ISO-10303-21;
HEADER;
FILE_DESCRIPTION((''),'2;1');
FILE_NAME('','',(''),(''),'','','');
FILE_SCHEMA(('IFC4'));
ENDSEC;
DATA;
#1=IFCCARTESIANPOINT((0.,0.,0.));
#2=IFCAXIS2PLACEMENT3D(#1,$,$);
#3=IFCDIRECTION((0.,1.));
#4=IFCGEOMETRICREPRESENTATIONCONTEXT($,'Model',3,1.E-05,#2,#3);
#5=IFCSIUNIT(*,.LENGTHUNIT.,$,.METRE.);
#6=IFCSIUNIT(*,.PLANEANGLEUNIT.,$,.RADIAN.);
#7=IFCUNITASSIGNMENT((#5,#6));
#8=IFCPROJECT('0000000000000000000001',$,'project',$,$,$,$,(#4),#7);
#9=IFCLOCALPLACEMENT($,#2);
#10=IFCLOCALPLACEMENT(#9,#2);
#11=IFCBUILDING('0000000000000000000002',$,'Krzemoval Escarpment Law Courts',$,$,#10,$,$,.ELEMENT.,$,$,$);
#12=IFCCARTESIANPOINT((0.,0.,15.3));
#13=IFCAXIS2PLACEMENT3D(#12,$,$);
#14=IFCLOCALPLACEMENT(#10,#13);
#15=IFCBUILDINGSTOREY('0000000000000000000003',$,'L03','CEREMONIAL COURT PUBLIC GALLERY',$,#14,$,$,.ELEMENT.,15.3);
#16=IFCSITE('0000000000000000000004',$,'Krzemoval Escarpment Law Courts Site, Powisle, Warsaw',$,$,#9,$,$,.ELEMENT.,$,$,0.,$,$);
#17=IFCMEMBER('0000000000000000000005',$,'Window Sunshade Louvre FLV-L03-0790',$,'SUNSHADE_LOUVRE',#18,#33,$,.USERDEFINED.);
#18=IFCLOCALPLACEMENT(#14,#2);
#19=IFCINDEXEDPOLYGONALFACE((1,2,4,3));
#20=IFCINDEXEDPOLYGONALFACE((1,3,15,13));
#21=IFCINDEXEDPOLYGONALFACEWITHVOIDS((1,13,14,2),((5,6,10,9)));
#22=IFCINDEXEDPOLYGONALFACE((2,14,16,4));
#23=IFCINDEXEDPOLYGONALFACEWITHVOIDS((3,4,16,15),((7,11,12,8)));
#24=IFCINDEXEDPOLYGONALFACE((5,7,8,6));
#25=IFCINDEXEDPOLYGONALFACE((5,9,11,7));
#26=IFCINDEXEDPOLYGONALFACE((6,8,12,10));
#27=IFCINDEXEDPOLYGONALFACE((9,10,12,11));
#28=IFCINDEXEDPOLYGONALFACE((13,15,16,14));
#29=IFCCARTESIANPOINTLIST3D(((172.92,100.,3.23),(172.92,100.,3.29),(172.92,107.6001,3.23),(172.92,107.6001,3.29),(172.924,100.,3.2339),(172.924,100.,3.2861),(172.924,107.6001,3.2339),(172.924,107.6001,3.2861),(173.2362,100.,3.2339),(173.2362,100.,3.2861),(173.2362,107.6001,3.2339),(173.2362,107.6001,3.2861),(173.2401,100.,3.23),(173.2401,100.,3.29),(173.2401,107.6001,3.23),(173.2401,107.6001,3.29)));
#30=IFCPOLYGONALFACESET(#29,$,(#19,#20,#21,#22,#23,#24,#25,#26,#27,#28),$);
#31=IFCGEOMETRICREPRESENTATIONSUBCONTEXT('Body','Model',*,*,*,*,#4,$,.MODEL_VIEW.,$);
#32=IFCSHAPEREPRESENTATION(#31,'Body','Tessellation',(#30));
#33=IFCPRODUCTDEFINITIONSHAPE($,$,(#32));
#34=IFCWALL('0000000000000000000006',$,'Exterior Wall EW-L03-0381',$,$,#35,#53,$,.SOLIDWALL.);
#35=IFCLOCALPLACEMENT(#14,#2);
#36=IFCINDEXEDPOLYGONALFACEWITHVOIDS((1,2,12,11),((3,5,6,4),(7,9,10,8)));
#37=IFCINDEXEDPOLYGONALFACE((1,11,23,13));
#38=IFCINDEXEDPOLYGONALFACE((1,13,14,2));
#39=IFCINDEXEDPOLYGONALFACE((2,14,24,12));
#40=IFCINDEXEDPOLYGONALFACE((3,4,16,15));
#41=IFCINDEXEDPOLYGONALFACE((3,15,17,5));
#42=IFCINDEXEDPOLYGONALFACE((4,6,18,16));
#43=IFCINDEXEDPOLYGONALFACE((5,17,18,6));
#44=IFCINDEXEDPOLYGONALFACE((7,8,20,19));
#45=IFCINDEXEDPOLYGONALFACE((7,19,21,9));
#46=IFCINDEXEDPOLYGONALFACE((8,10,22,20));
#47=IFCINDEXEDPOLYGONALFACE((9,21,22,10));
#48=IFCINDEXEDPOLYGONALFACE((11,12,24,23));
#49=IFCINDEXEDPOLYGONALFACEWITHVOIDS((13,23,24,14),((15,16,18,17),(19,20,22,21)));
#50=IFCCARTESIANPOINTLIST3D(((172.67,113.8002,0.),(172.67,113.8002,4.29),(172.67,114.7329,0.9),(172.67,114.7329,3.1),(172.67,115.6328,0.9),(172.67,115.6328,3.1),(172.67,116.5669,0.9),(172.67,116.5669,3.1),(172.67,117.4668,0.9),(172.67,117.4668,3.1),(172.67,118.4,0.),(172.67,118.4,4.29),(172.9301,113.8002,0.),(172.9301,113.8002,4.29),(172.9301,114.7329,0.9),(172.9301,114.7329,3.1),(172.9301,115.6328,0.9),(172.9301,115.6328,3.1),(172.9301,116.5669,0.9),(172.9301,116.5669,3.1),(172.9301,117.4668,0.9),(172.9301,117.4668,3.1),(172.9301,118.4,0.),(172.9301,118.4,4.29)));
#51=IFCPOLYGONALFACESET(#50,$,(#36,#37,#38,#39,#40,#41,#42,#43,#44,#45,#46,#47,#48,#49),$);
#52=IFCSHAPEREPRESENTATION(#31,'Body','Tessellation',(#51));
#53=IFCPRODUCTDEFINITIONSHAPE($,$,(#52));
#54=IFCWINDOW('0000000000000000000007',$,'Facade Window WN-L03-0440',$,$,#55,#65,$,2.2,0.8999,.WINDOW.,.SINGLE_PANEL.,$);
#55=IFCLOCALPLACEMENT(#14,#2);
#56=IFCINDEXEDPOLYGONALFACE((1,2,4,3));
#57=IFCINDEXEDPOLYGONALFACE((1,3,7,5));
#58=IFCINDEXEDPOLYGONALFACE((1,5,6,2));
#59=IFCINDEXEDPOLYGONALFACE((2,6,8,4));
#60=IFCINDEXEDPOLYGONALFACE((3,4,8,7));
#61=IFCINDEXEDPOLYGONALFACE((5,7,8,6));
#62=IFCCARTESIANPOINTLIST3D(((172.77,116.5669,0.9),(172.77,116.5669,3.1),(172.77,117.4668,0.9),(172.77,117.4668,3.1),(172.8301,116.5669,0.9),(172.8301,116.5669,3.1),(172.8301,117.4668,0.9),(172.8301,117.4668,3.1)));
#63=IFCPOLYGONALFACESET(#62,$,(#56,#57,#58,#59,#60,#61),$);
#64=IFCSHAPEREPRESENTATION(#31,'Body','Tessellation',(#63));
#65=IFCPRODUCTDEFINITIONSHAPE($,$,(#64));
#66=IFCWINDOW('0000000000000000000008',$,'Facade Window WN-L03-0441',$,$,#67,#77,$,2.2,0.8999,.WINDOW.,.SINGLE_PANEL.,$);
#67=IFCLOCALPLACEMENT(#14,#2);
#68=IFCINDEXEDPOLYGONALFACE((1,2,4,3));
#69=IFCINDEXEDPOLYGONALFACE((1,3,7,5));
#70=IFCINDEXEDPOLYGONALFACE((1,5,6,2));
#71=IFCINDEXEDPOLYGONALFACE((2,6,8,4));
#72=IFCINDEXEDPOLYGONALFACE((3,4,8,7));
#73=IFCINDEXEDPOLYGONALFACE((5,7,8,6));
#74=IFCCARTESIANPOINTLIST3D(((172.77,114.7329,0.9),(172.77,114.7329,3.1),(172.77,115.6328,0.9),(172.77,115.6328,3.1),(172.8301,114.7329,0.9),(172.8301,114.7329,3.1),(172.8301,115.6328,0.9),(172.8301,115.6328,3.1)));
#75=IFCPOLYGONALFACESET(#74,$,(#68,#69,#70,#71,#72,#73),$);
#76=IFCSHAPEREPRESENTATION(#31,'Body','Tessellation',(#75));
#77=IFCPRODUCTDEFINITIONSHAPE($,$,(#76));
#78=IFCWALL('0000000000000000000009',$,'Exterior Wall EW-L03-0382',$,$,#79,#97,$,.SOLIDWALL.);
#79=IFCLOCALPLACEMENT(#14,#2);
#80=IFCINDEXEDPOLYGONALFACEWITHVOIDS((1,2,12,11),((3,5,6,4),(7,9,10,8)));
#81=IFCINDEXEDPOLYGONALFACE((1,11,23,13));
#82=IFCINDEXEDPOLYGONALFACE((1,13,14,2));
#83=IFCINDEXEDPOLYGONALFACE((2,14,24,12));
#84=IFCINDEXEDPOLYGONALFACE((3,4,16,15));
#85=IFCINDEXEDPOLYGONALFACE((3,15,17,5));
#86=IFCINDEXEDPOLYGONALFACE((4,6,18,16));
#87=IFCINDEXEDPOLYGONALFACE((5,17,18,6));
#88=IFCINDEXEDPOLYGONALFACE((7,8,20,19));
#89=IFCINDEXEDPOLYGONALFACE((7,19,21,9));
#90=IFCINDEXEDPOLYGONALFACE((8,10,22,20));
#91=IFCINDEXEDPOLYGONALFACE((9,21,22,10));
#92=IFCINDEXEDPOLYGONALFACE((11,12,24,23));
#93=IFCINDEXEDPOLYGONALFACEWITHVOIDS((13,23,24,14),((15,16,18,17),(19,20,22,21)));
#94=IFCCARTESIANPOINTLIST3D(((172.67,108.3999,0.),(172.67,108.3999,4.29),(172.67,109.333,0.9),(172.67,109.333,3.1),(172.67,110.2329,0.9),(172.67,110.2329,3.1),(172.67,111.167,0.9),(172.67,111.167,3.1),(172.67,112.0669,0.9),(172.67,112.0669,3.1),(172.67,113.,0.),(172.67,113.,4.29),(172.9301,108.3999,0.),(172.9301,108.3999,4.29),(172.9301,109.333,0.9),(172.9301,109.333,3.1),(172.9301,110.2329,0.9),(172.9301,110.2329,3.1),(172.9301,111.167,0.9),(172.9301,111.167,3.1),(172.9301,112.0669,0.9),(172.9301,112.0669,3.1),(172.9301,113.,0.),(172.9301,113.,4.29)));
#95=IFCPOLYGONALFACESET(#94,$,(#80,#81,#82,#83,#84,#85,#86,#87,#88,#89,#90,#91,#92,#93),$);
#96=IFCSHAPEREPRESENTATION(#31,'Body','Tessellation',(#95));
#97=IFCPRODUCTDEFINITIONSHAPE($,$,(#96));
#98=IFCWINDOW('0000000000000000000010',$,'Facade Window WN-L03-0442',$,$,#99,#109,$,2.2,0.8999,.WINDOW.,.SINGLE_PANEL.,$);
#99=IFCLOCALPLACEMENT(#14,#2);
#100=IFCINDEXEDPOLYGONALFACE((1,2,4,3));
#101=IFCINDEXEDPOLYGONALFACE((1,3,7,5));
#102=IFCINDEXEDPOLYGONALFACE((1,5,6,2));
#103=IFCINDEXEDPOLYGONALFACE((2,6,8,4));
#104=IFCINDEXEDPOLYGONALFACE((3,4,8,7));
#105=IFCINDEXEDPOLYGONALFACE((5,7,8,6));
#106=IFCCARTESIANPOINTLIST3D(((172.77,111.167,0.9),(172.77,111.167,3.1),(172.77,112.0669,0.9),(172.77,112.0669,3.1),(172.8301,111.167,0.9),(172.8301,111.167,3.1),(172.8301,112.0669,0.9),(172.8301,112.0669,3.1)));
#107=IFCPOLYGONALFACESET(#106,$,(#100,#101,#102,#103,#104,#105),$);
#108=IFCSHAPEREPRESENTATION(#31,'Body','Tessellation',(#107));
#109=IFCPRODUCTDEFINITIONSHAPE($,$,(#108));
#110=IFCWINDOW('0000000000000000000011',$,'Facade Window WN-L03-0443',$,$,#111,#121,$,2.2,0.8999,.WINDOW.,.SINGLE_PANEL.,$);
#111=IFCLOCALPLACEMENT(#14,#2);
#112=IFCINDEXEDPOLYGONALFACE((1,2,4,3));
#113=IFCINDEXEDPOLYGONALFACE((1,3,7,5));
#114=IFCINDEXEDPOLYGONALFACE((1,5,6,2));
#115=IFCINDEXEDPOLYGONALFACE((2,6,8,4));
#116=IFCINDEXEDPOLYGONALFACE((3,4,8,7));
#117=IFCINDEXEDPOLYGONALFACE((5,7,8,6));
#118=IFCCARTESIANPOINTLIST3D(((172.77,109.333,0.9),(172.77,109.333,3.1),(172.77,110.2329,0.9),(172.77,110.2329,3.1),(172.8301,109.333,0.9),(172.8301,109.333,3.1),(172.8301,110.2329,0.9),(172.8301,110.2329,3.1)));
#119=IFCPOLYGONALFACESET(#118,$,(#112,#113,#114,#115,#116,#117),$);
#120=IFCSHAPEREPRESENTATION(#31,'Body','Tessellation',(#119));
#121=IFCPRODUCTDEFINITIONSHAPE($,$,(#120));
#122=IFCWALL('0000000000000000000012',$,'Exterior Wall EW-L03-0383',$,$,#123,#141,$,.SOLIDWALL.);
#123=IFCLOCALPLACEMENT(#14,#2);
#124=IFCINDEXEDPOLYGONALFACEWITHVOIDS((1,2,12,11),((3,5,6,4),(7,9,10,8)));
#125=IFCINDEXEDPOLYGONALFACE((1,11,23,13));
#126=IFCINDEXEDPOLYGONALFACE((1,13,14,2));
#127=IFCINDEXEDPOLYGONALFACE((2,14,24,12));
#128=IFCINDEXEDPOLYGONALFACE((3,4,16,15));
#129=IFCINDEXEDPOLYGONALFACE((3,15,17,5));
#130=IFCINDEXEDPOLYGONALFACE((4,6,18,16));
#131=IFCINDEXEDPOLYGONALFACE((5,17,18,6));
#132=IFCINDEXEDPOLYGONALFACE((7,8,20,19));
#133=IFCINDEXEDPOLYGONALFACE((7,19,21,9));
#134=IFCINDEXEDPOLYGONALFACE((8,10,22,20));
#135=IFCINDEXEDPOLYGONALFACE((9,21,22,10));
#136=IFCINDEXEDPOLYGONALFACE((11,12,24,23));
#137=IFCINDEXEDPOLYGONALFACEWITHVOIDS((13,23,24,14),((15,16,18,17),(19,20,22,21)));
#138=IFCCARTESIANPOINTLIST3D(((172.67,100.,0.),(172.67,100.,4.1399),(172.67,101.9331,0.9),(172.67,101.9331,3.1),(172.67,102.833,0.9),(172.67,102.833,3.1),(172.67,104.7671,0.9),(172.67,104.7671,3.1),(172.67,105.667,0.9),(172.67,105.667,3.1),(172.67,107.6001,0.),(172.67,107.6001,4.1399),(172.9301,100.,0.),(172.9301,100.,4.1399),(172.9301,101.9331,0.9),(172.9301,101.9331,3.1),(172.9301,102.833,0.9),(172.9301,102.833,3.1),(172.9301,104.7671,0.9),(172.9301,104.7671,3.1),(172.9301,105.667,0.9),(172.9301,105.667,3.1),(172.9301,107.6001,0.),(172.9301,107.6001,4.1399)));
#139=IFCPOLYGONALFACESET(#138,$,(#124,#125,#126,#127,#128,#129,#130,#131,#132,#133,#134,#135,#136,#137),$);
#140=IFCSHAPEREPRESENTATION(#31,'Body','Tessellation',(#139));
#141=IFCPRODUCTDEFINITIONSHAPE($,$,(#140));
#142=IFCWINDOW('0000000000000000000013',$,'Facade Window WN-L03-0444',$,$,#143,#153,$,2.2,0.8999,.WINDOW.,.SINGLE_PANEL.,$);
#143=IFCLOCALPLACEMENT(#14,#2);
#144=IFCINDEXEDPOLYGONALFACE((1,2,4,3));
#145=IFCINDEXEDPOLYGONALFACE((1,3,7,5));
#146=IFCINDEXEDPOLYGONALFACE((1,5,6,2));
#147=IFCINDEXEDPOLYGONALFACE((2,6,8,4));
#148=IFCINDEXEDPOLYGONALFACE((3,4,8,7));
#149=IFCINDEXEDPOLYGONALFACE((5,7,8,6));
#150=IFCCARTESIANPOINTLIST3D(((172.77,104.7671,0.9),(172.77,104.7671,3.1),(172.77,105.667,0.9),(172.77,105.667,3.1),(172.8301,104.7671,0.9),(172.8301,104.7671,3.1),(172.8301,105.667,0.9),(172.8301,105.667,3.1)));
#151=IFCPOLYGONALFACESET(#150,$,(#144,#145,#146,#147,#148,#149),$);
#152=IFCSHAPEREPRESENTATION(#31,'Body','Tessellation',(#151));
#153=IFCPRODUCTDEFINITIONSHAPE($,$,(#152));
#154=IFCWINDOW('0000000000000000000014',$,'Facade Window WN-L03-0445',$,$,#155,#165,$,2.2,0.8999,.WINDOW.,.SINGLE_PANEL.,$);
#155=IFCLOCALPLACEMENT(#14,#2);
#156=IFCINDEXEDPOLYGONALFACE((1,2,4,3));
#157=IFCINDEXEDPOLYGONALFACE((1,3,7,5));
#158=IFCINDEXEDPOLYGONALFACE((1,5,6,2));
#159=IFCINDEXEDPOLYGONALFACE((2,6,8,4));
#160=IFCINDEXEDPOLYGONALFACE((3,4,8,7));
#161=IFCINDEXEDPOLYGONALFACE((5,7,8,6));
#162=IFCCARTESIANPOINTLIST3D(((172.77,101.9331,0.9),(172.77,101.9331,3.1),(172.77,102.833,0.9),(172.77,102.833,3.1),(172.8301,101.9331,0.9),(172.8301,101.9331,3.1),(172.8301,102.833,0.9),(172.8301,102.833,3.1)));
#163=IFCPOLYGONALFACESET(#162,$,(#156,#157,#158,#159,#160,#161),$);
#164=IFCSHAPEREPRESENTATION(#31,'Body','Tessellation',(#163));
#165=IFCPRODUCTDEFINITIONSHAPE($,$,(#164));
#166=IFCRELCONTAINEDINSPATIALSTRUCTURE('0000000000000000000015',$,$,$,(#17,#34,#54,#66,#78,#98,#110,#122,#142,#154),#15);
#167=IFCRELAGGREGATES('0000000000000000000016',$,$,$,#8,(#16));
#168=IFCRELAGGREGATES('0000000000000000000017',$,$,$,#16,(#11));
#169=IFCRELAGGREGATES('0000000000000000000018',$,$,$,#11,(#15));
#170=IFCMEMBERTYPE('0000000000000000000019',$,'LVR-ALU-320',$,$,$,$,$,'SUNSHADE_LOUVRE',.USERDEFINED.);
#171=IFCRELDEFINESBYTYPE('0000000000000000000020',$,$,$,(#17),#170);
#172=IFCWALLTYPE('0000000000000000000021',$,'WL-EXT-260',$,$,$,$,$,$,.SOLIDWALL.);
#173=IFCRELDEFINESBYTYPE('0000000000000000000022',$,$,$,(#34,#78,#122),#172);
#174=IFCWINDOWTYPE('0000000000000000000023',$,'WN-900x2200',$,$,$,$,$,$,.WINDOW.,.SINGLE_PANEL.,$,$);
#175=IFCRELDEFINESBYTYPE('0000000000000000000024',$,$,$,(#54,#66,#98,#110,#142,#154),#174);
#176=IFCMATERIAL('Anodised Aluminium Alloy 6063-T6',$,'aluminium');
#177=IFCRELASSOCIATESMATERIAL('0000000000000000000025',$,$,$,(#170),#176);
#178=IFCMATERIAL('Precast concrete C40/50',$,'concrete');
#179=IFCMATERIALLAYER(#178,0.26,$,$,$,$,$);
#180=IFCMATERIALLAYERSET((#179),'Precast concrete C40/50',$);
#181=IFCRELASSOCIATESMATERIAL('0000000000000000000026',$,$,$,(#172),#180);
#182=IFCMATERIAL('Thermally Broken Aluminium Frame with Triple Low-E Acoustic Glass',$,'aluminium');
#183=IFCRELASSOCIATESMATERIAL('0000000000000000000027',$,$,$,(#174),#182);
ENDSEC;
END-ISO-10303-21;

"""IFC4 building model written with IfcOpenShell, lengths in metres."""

from ifc_helpers import new_model, si_unit, direction, frame, frame_2d, origin, origin_2d, place, context, subcontext, project, spatial, rectangle, hollow_rectangle, extrude, material, layer, layer_set, material_profile, profile_set, type_object, element, fill, save


model = new_model("IFC4")

# Units and contexts
model_context = context("Model", 3, precision=1e-05, world=origin(), true_north=direction((0.0, 1.0)))
body_context = subcontext(model_context, "Body", "Model", "MODEL_VIEW")
ifc_project = project(units=[si_unit("LENGTHUNIT", "METRE"), si_unit("PLANEANGLEUNIT", "RADIAN")], contexts=[model_context])

# Site, building, storey
site_placement = place(None, origin())
site = spatial("IfcSite", under=ifc_project, at=site_placement, Name="Krzemoval Escarpment Law Courts Site, Powisle, Warsaw", CompositionType="ELEMENT", RefElevation=0.0)
building_placement = place(site_placement, origin())
building = spatial("IfcBuilding", under=site, at=building_placement, Name="Krzemoval Escarpment Law Courts", CompositionType="ELEMENT")
storey_placement = place(building_placement, frame((0.0, 0.0, 15.3)))
storey = spatial("IfcBuildingStorey", under=building, at=storey_placement, Name="L03", Description="CEREMONIAL COURT PUBLIC GALLERY", CompositionType="ELEMENT", Elevation=15.3)

# Member
ifc_material_1 = material(Name="Anodised Aluminium Alloy 6063-T6", Category="aluminium")
ifc_material_profile_1 = material_profile(ifc_material_1, hollow_rectangle(XDim=0.0601, YDim=0.3201, WallThickness=0.0039, at=origin_2d()), Name="ALU LVR 60x320")
ifc_profile_set_1 = profile_set([ifc_material_profile_1], Name="Anodised Aluminium Alloy 6063-T6")
member_type = type_object("IfcMemberType", Name="LVR-ALU-320", ElementType="SUNSHADE_LOUVRE", PredefinedType="USERDEFINED", material=ifc_profile_set_1)
member_1_placement = place(storey_placement, frame((173.0801, 107.6001, 3.26), z_axis=(0.0, -1.0, 0.0), x_axis=(0.0, 0.0, 1.0)))
element("IfcMember", 1, at=member_1_placement, inside=storey, type_object=member_type, Name="Window Sunshade Louvre FLV-L03-0790", ObjectType="SUNSHADE_LOUVRE", PredefinedType="USERDEFINED", context=body_context, shape_type="SweptSolid", body=[
    extrude(hollow_rectangle(XDim=0.0601, YDim=0.3201, WallThickness=0.0039, at=origin_2d()), origin(), (0.0, 0.0, 1.0), 7.6001),
])

# Walls, openings, windows
ifc_material_2 = material(Name="Precast concrete C40/50", Category="concrete")
ifc_layer = layer(ifc_material_2, 0.26)
ifc_layer_set = layer_set([ifc_layer], Name="Precast concrete C40/50")
wall_type = type_object("IfcWallType", Name="WL-EXT-260", PredefinedType="SOLIDWALL", material=ifc_layer_set)
wall_1_placement = place(storey_placement, frame((172.8, 118.3999, 0.0), z_axis=(0.0, 0.0, 1.0), x_axis=(0.0, -1.0, 0.0)))
wall_1 = element("IfcWall", 2, at=wall_1_placement, inside=storey, type_object=wall_type, Name="Exterior Wall EW-L03-0381", PredefinedType="SOLIDWALL", context=body_context, shape_type="SweptSolid", body=[
    extrude(rectangle(XDim=4.5999, YDim=0.26, at=frame_2d((2.2998, 0.0))), origin(), (0.0, 0.0, 1.0), 4.29),
])
opening_1_placement = place(wall_1_placement, frame((0.9331, 0.0, 0.8999)))
opening_1 = element("IfcOpeningElement", 3, at=opening_1_placement, cuts=wall_1, PredefinedType="OPENING", context=body_context, shape_type="SweptSolid", body=[
    extrude(rectangle(XDim=0.8999, YDim=2.2, at=frame_2d((0.45, 1.1001))), frame((0.0, 0.145, 0.0), z_axis=(0.0, -1.0, 0.0), x_axis=(1.0, 0.0, 0.0)), (0.0, 0.0, 1.0), 0.29),
])
opening_2_placement = place(wall_1_placement, frame((2.7671, 0.0, 0.8999)))
opening_2 = element("IfcOpeningElement", 4, at=opening_2_placement, cuts=wall_1, PredefinedType="OPENING", context=body_context, shape_type="SweptSolid", body=[
    extrude(rectangle(XDim=0.8999, YDim=2.2, at=frame_2d((0.45, 1.1001))), frame((0.0, 0.145, 0.0), z_axis=(0.0, -1.0, 0.0), x_axis=(1.0, 0.0, 0.0)), (0.0, 0.0, 1.0), 0.29),
])
ifc_material_3 = material(Name="Thermally Broken Aluminium Frame with Triple Low-E Acoustic Glass", Category="aluminium")
window_type = type_object("IfcWindowType", Name="WN-900x2200", PartitioningType="SINGLE_PANEL", PredefinedType="WINDOW", material=ifc_material_3)
window_1_placement = place(opening_1_placement, origin())
window_1 = element("IfcWindow", 5, at=window_1_placement, inside=storey, type_object=window_type, Name="Facade Window WN-L03-0440", OverallHeight=2.2, OverallWidth=0.8999, PartitioningType="SINGLE_PANEL", PredefinedType="WINDOW", context=body_context, shape_type="SweptSolid", body=[
    extrude(rectangle(XDim=0.8999, YDim=2.2, at=frame_2d((0.45, 1.1001))), frame((0.0, 0.03, 0.0), z_axis=(0.0, -1.0, 0.0), x_axis=(1.0, 0.0, 0.0)), (0.0, 0.0, 1.0), 0.0601),
])
fill(opening_1, window_1)
window_2_placement = place(opening_2_placement, origin())
window_2 = element("IfcWindow", 6, at=window_2_placement, inside=storey, type_object=window_type, Name="Facade Window WN-L03-0441", OverallHeight=2.2, OverallWidth=0.8999, PartitioningType="SINGLE_PANEL", PredefinedType="WINDOW", context=body_context, shape_type="SweptSolid", body=[
    extrude(rectangle(XDim=0.8999, YDim=2.2, at=frame_2d((0.45, 1.1001))), frame((0.0, 0.03, 0.0), z_axis=(0.0, -1.0, 0.0), x_axis=(1.0, 0.0, 0.0)), (0.0, 0.0, 1.0), 0.0601),
])
fill(opening_2, window_2)
wall_2_placement = place(storey_placement, frame((172.8, 113.0, 0.0), z_axis=(0.0, 0.0, 1.0), x_axis=(0.0, -1.0, 0.0)))
wall_2 = element("IfcWall", 7, at=wall_2_placement, inside=storey, type_object=wall_type, Name="Exterior Wall EW-L03-0382", PredefinedType="SOLIDWALL", context=body_context, shape_type="SweptSolid", body=[
    extrude(rectangle(XDim=4.6001, YDim=0.26, at=frame_2d((2.3, 0.0))), origin(), (0.0, 0.0, 1.0), 4.29),
])
opening_3_placement = place(wall_2_placement, frame((0.9331, 0.0, 0.8999)))
opening_3 = element("IfcOpeningElement", 8, at=opening_3_placement, cuts=wall_2, PredefinedType="OPENING", context=body_context, shape_type="SweptSolid", body=[
    extrude(rectangle(XDim=0.8999, YDim=2.2, at=frame_2d((0.45, 1.1001))), frame((0.0, 0.145, 0.0), z_axis=(0.0, -1.0, 0.0), x_axis=(1.0, 0.0, 0.0)), (0.0, 0.0, 1.0), 0.29),
])
opening_4_placement = place(wall_2_placement, frame((2.7671, 0.0, 0.8999)))
opening_4 = element("IfcOpeningElement", 9, at=opening_4_placement, cuts=wall_2, PredefinedType="OPENING", context=body_context, shape_type="SweptSolid", body=[
    extrude(rectangle(XDim=0.8999, YDim=2.2, at=frame_2d((0.45, 1.1001))), frame((0.0, 0.145, 0.0), z_axis=(0.0, -1.0, 0.0), x_axis=(1.0, 0.0, 0.0)), (0.0, 0.0, 1.0), 0.29),
])
window_3_placement = place(opening_3_placement, origin())
window_3 = element("IfcWindow", 10, at=window_3_placement, inside=storey, type_object=window_type, Name="Facade Window WN-L03-0442", OverallHeight=2.2, OverallWidth=0.8999, PartitioningType="SINGLE_PANEL", PredefinedType="WINDOW", context=body_context, shape_type="SweptSolid", body=[
    extrude(rectangle(XDim=0.8999, YDim=2.2, at=frame_2d((0.45, 1.1001))), frame((0.0, 0.03, 0.0), z_axis=(0.0, -1.0, 0.0), x_axis=(1.0, 0.0, 0.0)), (0.0, 0.0, 1.0), 0.0601),
])
fill(opening_3, window_3)
window_4_placement = place(opening_4_placement, origin())
window_4 = element("IfcWindow", 11, at=window_4_placement, inside=storey, type_object=window_type, Name="Facade Window WN-L03-0443", OverallHeight=2.2, OverallWidth=0.8999, PartitioningType="SINGLE_PANEL", PredefinedType="WINDOW", context=body_context, shape_type="SweptSolid", body=[
    extrude(rectangle(XDim=0.8999, YDim=2.2, at=frame_2d((0.45, 1.1001))), frame((0.0, 0.03, 0.0), z_axis=(0.0, -1.0, 0.0), x_axis=(1.0, 0.0, 0.0)), (0.0, 0.0, 1.0), 0.0601),
])
fill(opening_4, window_4)
wall_3_placement = place(storey_placement, frame((172.8, 107.6001, 0.0), z_axis=(0.0, 0.0, 1.0), x_axis=(0.0, -1.0, 0.0)))
wall_3 = element("IfcWall", 12, at=wall_3_placement, inside=storey, type_object=wall_type, Name="Exterior Wall EW-L03-0383", PredefinedType="SOLIDWALL", context=body_context, shape_type="SweptSolid", body=[
    extrude(rectangle(XDim=7.6001, YDim=0.26, at=frame_2d((3.8, 0.0))), origin(), (0.0, 0.0, 1.0), 4.1399),
])
opening_5_placement = place(wall_3_placement, frame((1.9331, 0.0, 0.8999)))
opening_5 = element("IfcOpeningElement", 13, at=opening_5_placement, cuts=wall_3, PredefinedType="OPENING", context=body_context, shape_type="SweptSolid", body=[
    extrude(rectangle(XDim=0.8999, YDim=2.2, at=frame_2d((0.45, 1.1001))), frame((0.0, 0.145, 0.0), z_axis=(0.0, -1.0, 0.0), x_axis=(1.0, 0.0, 0.0)), (0.0, 0.0, 1.0), 0.29),
])
opening_6_placement = place(wall_3_placement, frame((4.7671, 0.0, 0.8999)))
opening_6 = element("IfcOpeningElement", 14, at=opening_6_placement, cuts=wall_3, PredefinedType="OPENING", context=body_context, shape_type="SweptSolid", body=[
    extrude(rectangle(XDim=0.8999, YDim=2.2, at=frame_2d((0.45, 1.1001))), frame((0.0, 0.145, 0.0), z_axis=(0.0, -1.0, 0.0), x_axis=(1.0, 0.0, 0.0)), (0.0, 0.0, 1.0), 0.29),
])
window_5_placement = place(opening_5_placement, origin())
window_5 = element("IfcWindow", 15, at=window_5_placement, inside=storey, type_object=window_type, Name="Facade Window WN-L03-0444", OverallHeight=2.2, OverallWidth=0.8999, PartitioningType="SINGLE_PANEL", PredefinedType="WINDOW", context=body_context, shape_type="SweptSolid", body=[
    extrude(rectangle(XDim=0.8999, YDim=2.2, at=frame_2d((0.45, 1.1001))), frame((0.0, 0.03, 0.0), z_axis=(0.0, -1.0, 0.0), x_axis=(1.0, 0.0, 0.0)), (0.0, 0.0, 1.0), 0.0601),
])
fill(opening_5, window_5)
window_6_placement = place(opening_6_placement, origin())
window_6 = element("IfcWindow", 16, at=window_6_placement, inside=storey, type_object=window_type, Name="Facade Window WN-L03-0445", OverallHeight=2.2, OverallWidth=0.8999, PartitioningType="SINGLE_PANEL", PredefinedType="WINDOW", context=body_context, shape_type="SweptSolid", body=[
    extrude(rectangle(XDim=0.8999, YDim=2.2, at=frame_2d((0.45, 1.1001))), frame((0.0, 0.03, 0.0), z_axis=(0.0, -1.0, 0.0), x_axis=(1.0, 0.0, 0.0)), (0.0, 0.0, 1.0), 0.0601),
])
fill(opening_6, window_6)

save(model, "model.ifc")
